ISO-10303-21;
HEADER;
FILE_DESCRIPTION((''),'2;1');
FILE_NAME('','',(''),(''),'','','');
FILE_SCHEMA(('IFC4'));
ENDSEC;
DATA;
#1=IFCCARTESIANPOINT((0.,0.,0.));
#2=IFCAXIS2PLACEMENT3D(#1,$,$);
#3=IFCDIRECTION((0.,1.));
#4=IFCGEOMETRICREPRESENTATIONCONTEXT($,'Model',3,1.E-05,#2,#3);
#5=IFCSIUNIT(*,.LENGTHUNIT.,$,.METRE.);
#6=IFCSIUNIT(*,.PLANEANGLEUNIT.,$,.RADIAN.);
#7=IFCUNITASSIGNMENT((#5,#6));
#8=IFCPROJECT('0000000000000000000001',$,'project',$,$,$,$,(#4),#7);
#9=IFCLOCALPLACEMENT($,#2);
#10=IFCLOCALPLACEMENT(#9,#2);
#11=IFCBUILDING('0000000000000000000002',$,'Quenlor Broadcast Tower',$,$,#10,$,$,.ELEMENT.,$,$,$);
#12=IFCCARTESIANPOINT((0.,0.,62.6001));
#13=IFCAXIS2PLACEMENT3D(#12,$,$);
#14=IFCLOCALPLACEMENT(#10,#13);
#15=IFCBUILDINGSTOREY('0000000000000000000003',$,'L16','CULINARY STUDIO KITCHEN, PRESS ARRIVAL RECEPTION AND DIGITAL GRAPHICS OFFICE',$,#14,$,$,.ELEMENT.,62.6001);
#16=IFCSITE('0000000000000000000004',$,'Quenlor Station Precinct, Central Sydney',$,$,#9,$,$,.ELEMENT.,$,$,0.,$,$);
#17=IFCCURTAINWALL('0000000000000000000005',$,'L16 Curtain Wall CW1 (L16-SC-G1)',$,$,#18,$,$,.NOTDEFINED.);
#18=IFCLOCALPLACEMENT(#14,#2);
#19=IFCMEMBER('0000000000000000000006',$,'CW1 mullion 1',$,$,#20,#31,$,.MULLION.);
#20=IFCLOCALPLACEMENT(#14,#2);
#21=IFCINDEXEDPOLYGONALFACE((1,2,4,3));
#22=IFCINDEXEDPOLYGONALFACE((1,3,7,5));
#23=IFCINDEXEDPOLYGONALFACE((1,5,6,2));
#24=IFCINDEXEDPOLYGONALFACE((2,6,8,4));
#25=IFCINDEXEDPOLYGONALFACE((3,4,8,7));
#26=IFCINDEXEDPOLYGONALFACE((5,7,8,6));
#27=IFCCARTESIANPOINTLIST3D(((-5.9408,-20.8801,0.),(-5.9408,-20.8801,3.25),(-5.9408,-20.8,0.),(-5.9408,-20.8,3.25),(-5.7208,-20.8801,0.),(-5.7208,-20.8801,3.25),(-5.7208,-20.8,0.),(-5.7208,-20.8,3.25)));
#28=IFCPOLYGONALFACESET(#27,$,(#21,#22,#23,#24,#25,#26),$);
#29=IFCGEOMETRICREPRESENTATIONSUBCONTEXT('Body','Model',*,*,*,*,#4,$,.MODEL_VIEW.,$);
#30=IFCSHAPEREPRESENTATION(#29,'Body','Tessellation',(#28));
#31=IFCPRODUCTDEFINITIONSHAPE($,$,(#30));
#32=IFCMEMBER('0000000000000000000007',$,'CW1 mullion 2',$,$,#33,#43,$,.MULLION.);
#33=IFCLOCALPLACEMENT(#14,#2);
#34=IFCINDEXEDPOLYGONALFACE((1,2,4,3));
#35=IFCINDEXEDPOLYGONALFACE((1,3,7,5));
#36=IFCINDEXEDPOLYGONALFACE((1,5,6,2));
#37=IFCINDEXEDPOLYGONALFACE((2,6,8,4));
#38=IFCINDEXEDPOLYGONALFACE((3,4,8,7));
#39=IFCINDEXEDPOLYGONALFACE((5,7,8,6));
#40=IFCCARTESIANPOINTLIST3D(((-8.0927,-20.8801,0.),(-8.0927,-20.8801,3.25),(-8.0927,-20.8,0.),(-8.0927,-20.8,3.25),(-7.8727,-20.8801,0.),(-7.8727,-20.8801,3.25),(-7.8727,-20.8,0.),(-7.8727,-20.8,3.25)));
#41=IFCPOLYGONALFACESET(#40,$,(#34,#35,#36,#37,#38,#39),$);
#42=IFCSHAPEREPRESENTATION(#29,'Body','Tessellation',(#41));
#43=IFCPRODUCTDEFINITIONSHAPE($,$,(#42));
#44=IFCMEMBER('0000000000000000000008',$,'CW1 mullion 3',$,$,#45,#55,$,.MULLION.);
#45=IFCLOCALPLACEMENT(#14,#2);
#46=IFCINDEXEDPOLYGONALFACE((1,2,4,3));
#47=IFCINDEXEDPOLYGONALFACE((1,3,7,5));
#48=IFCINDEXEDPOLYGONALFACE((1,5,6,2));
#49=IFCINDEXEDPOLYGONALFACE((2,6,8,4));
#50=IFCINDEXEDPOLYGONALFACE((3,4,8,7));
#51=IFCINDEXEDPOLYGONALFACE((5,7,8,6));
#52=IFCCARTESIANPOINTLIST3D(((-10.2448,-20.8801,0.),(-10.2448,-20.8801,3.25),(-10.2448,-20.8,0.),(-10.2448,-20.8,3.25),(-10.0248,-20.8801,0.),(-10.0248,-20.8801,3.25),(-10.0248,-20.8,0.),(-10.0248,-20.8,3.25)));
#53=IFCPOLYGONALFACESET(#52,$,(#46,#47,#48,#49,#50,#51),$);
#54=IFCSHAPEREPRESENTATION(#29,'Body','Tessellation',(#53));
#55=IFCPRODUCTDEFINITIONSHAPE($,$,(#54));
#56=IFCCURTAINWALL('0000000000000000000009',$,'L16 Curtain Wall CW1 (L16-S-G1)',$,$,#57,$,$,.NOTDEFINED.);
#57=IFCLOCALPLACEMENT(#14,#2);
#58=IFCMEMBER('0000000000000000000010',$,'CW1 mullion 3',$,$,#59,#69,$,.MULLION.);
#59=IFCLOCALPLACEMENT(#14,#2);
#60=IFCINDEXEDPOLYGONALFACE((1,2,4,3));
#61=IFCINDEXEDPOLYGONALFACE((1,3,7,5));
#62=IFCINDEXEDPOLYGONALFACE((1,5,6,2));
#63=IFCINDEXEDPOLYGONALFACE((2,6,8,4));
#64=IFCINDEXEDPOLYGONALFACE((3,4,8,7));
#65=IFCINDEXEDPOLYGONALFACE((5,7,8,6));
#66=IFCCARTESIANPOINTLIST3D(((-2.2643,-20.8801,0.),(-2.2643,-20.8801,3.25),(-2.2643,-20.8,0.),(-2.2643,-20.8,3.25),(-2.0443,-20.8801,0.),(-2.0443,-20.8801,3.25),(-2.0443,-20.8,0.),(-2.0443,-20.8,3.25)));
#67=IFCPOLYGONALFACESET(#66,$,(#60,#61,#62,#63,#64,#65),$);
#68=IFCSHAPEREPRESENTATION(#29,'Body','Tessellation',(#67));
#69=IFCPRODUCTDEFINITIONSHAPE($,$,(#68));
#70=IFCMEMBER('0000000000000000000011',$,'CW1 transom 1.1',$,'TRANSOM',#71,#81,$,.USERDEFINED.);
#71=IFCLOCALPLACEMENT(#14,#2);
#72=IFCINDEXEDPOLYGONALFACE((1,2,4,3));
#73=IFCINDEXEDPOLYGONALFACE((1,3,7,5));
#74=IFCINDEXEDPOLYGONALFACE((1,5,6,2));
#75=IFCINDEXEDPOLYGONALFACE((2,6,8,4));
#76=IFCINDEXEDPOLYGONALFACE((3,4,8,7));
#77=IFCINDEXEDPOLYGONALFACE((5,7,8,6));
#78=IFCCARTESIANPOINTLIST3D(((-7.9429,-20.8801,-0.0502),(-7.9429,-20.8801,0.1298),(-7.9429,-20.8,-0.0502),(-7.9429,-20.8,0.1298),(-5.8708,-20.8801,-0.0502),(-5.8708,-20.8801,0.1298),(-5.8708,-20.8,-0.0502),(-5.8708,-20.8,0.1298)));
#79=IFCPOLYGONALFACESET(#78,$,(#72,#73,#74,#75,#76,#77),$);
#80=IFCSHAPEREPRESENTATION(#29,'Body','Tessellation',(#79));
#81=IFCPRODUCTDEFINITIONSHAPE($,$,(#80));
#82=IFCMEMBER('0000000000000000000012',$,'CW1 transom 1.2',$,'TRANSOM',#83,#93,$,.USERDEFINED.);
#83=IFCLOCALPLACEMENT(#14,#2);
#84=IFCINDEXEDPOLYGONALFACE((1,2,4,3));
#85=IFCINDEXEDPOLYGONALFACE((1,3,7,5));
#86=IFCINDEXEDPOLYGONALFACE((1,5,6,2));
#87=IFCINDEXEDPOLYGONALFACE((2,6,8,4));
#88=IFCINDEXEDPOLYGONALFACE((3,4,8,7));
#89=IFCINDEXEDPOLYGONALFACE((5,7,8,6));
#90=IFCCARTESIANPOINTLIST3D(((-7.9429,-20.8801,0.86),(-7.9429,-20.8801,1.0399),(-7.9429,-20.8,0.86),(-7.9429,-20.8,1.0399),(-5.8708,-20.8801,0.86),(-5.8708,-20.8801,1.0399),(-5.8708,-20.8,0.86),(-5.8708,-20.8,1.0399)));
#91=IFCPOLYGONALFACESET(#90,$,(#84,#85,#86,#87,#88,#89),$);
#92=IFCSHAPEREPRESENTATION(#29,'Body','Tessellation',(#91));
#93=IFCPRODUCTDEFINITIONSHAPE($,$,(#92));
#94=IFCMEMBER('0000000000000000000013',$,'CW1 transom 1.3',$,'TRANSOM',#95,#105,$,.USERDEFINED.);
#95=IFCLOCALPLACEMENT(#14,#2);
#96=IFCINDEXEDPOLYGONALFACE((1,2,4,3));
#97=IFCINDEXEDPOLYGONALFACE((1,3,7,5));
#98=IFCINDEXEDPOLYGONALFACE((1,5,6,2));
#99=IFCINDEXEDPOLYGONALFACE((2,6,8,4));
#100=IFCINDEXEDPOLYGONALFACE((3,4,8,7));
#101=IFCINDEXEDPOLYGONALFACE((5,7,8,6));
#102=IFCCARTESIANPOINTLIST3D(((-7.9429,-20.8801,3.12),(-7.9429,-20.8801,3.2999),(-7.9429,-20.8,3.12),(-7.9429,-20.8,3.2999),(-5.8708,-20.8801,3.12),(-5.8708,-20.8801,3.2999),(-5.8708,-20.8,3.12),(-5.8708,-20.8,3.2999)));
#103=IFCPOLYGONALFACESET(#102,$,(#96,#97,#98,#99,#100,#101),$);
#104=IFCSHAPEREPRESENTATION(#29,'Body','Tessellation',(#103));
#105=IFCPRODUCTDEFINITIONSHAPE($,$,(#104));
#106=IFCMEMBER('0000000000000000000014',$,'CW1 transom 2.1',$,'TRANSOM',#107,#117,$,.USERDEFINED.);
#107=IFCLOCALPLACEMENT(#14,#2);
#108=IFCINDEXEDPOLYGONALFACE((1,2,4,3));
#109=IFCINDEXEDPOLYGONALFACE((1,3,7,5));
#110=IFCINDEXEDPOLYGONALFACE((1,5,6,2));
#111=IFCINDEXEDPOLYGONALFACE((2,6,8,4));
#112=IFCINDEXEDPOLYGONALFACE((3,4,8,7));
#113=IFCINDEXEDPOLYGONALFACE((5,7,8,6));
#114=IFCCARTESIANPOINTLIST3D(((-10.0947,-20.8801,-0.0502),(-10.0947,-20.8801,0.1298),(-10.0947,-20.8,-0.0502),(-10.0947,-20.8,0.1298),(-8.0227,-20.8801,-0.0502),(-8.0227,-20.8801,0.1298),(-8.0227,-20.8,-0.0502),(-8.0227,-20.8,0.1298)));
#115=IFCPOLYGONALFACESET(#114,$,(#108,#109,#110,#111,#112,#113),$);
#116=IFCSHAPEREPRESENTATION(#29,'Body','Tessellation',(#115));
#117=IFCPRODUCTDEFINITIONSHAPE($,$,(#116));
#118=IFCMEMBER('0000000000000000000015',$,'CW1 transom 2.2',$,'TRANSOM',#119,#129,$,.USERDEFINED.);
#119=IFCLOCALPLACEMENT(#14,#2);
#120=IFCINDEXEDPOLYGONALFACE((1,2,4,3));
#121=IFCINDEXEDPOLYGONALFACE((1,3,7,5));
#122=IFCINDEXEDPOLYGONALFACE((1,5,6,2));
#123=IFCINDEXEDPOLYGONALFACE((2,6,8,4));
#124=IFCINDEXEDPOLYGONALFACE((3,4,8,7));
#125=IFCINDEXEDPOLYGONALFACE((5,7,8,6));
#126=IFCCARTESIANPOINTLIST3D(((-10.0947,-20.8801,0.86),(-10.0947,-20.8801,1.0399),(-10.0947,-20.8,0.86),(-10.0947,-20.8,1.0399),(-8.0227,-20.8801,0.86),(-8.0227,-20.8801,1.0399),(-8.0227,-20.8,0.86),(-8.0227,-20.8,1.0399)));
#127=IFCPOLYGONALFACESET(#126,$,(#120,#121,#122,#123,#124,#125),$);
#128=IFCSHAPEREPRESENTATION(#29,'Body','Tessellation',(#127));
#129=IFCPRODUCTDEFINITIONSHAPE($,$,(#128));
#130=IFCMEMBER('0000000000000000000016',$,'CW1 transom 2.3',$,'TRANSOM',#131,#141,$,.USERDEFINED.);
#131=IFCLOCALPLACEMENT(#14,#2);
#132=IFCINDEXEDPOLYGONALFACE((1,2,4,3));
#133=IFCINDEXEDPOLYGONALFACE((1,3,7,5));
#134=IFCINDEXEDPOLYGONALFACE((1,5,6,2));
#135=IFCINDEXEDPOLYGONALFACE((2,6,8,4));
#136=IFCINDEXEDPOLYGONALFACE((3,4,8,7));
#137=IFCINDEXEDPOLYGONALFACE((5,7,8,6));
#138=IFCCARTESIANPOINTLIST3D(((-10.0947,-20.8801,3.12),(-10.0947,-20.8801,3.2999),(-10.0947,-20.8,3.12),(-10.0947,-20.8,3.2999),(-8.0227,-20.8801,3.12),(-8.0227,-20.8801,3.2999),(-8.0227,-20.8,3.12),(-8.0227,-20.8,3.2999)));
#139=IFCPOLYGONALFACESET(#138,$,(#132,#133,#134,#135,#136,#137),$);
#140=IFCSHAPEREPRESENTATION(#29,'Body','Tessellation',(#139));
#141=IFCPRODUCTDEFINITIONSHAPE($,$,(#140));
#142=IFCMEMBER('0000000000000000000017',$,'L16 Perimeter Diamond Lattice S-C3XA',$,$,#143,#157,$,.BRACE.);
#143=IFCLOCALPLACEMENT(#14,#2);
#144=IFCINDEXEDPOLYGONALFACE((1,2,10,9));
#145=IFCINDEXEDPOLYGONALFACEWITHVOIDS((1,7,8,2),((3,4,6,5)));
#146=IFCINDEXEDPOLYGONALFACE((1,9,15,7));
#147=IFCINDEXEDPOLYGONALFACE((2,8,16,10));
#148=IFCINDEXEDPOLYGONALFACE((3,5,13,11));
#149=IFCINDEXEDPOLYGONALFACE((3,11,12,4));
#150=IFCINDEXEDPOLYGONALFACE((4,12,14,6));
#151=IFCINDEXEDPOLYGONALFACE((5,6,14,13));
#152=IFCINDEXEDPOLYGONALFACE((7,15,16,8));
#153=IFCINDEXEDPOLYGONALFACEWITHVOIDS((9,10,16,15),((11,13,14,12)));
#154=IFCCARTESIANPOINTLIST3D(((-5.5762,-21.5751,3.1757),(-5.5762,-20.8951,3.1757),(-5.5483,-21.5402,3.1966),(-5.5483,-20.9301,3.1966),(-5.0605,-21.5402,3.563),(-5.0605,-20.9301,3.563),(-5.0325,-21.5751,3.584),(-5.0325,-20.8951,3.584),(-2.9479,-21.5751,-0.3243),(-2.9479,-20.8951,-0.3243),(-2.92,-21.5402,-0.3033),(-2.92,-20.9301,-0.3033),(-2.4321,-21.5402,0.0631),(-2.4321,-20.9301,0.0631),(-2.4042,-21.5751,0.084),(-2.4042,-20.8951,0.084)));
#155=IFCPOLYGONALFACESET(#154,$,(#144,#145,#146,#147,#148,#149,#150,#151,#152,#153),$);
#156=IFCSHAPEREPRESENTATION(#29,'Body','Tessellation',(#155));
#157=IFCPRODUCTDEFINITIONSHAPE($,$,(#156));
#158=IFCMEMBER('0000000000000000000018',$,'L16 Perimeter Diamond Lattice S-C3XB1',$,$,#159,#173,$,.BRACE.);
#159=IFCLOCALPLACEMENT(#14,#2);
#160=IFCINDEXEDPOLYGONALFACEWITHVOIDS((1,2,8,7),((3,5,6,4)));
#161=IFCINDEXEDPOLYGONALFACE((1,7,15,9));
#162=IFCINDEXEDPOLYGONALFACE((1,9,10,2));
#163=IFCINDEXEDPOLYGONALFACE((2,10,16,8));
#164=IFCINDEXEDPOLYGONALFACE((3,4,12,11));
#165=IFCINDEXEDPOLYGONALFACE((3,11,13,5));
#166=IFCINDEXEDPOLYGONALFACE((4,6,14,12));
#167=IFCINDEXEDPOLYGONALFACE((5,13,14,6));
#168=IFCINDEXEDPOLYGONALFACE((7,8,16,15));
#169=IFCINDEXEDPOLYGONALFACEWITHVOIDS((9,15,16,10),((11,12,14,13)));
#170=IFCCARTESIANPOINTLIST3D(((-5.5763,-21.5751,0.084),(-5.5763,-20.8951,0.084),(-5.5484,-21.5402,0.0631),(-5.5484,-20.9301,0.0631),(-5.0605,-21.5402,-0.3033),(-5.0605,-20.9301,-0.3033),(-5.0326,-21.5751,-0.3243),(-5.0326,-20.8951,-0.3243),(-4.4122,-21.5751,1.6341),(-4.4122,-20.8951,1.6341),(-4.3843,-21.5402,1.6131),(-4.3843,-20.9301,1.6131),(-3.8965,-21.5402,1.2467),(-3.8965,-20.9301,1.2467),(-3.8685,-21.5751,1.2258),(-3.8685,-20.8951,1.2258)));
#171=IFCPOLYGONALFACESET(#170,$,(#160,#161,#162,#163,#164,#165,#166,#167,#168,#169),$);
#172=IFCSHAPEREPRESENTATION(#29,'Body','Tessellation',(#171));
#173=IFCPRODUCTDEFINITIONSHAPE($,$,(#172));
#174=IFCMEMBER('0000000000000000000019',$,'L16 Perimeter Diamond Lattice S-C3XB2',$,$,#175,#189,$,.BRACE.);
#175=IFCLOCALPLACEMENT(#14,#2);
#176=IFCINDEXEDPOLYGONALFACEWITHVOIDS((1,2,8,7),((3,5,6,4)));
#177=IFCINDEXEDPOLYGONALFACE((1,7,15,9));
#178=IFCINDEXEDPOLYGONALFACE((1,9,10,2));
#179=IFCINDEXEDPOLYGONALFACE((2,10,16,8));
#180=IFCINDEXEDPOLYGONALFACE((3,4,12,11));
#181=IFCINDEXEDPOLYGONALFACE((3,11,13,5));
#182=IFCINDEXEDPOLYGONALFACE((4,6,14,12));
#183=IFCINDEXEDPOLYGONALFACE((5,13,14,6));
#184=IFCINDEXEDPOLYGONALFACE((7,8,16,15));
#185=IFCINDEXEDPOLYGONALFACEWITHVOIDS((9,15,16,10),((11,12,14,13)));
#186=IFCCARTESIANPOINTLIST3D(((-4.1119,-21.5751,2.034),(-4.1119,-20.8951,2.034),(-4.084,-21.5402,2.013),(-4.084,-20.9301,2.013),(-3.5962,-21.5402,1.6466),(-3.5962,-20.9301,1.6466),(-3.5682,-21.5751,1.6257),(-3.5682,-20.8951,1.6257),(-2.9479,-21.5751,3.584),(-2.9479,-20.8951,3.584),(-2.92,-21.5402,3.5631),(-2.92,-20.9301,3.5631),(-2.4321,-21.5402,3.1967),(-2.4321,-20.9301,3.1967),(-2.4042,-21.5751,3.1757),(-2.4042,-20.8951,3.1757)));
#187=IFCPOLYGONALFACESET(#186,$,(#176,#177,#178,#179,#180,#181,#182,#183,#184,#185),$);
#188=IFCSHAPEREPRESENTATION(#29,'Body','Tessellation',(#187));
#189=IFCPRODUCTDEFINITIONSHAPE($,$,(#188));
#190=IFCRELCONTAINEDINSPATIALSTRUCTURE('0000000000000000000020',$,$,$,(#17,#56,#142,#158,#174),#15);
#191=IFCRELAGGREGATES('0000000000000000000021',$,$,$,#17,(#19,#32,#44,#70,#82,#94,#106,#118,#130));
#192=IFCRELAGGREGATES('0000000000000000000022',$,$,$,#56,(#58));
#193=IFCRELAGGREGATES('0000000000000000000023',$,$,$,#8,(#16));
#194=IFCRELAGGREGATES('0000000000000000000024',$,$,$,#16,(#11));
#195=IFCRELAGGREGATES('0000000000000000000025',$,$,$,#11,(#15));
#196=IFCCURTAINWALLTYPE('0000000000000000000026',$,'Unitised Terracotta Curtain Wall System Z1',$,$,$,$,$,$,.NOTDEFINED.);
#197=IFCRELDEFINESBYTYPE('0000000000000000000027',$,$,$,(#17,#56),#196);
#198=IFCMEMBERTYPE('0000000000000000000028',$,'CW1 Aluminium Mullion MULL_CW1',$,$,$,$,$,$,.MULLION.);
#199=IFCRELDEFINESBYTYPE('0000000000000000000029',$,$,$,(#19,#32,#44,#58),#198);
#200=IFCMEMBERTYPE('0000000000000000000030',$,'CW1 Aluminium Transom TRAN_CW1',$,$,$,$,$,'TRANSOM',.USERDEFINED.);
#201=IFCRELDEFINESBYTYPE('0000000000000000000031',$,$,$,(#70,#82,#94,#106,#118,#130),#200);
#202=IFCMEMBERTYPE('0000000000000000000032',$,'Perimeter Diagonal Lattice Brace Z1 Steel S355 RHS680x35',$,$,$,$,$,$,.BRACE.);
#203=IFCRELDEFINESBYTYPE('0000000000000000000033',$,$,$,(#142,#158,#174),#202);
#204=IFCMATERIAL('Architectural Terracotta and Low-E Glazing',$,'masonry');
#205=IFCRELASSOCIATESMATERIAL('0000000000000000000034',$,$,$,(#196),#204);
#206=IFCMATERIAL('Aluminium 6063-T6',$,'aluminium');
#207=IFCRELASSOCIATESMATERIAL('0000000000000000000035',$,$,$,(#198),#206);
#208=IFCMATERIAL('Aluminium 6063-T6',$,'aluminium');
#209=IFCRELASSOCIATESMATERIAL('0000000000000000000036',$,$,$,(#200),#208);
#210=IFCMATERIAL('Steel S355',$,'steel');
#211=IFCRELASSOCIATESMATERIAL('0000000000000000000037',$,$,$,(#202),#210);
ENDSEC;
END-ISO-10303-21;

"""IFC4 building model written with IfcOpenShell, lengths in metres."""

from ifc_helpers import new_model, si_unit, direction, frame, origin, origin_2d, place, context, subcontext, project, spatial, rectangle, hollow_rectangle, extrude, material, material_profile, profile_set, type_object, element, aggregate, save


model = new_model("IFC4")

# Units and contexts
model_context = context("Model", 3, precision=1e-05, world=origin(), true_north=direction((0.0, 1.0)))
body_context = subcontext(model_context, "Body", "Model", "MODEL_VIEW")
ifc_project = project(units=[si_unit("LENGTHUNIT", "METRE"), si_unit("PLANEANGLEUNIT", "RADIAN")], contexts=[model_context])

# Site, building, storey
site_placement = place(None, origin())
site = spatial("IfcSite", under=ifc_project, at=site_placement, Name="Quenlor Station Precinct, Central Sydney", CompositionType="ELEMENT", RefElevation=0.0)
building_placement = place(site_placement, origin())
building = spatial("IfcBuilding", under=site, at=building_placement, Name="Quenlor Broadcast Tower", CompositionType="ELEMENT")
storey_placement = place(building_placement, frame((0.0, 0.0, 62.6001)))
storey = spatial("IfcBuildingStorey", under=building, at=storey_placement, Name="L16", Description="CULINARY STUDIO KITCHEN, PRESS ARRIVAL RECEPTION AND DIGITAL GRAPHICS OFFICE", CompositionType="ELEMENT", Elevation=62.6001)

# Curtain wall, members
ifc_material_1 = material(Name="Architectural Terracotta and Low-E Glazing", Category="masonry")
curtain_wall_type = type_object("IfcCurtainWallType", Name="Unitised Terracotta Curtain Wall System Z1", PredefinedType="NOTDEFINED", material=ifc_material_1)
curtain_wall_1_placement = place(storey_placement, origin())
curtain_wall_1 = element("IfcCurtainWall", 1, at=curtain_wall_1_placement, inside=storey, type_object=curtain_wall_type, Name="L16 Curtain Wall CW1 (L16-SC-G1)", PredefinedType="NOTDEFINED")
ifc_material_2 = material(Name="Aluminium 6063-T6", Category="aluminium")
ifc_material_profile_1 = material_profile(ifc_material_2, rectangle(XDim=0.0801, YDim=0.22, at=origin_2d()))
ifc_profile_set_1 = profile_set([ifc_material_profile_1], Name="Aluminium 6063-T6 MULL80x220")
member_type_1 = type_object("IfcMemberType", Name="CW1 Aluminium Mullion MULL_CW1", PredefinedType="MULLION", material=ifc_profile_set_1)
member_1_placement = place(storey_placement, frame((-5.8308, -20.8401, 0.0), z_axis=(0.0, 0.0, 1.0), x_axis=(0.0, -1.0, 0.0)))
member_1 = element("IfcMember", 2, at=member_1_placement, type_object=member_type_1, Name="CW1 mullion 1", PredefinedType="MULLION", context=body_context, shape_type="SweptSolid", body=[
    extrude(rectangle(XDim=0.0801, YDim=0.22, at=origin_2d()), origin(), (0.0, 0.0, 1.0), 3.25),
])
member_2_placement = place(storey_placement, frame((-7.9827, -20.8401, 0.0), z_axis=(0.0, 0.0, 1.0), x_axis=(0.0, -1.0, 0.0)))
member_2 = element("IfcMember", 3, at=member_2_placement, type_object=member_type_1, Name="CW1 mullion 2", PredefinedType="MULLION", context=body_context, shape_type="SweptSolid", body=[
    extrude(rectangle(XDim=0.0801, YDim=0.22, at=origin_2d()), origin(), (0.0, 0.0, 1.0), 3.25),
])
member_3_placement = place(storey_placement, frame((-10.1348, -20.8401, 0.0), z_axis=(0.0, 0.0, 1.0), x_axis=(0.0, -1.0, 0.0)))
member_3 = element("IfcMember", 4, at=member_3_placement, type_object=member_type_1, Name="CW1 mullion 3", PredefinedType="MULLION", context=body_context, shape_type="SweptSolid", body=[
    extrude(rectangle(XDim=0.0801, YDim=0.22, at=origin_2d()), origin(), (0.0, 0.0, 1.0), 3.25),
])

# Curtain wall, member
curtain_wall_2_placement = place(storey_placement, origin())
curtain_wall_2 = element("IfcCurtainWall", 5, at=curtain_wall_2_placement, inside=storey, type_object=curtain_wall_type, Name="L16 Curtain Wall CW1 (L16-S-G1)", PredefinedType="NOTDEFINED")
member_4_placement = place(storey_placement, frame((-2.1543, -20.8401, 0.0), z_axis=(0.0, 0.0, 1.0), x_axis=(0.0, -1.0, 0.0)))
member_4 = element("IfcMember", 6, at=member_4_placement, type_object=member_type_1, Name="CW1 mullion 3", PredefinedType="MULLION", context=body_context, shape_type="SweptSolid", body=[
    extrude(rectangle(XDim=0.0801, YDim=0.22, at=origin_2d()), origin(), (0.0, 0.0, 1.0), 3.25),
])

# Members
ifc_material_3 = material(Name="Aluminium 6063-T6", Category="aluminium")
ifc_material_profile_2 = material_profile(ifc_material_3, rectangle(XDim=0.0801, YDim=0.1799, at=origin_2d()))
ifc_profile_set_2 = profile_set([ifc_material_profile_2], Name="Aluminium 6063-T6 TRAN80x180")
member_type_2 = type_object("IfcMemberType", Name="CW1 Aluminium Transom TRAN_CW1", ElementType="TRANSOM", PredefinedType="USERDEFINED", material=ifc_profile_set_2)
member_5_placement = place(storey_placement, frame((-5.8708, -20.8401, 0.0398), z_axis=(-1.0, 0.0, 0.0), x_axis=(0.0, -1.0, 0.0)))
member_5 = element("IfcMember", 7, at=member_5_placement, type_object=member_type_2, Name="CW1 transom 1.1", ObjectType="TRANSOM", PredefinedType="USERDEFINED", context=body_context, shape_type="SweptSolid", body=[
    extrude(rectangle(XDim=0.0801, YDim=0.1799, at=origin_2d()), origin(), (0.0, 0.0, 1.0), 2.072),
])
member_6_placement = place(storey_placement, frame((-5.8708, -20.8401, 0.95), z_axis=(-1.0, 0.0, 0.0), x_axis=(0.0, -1.0, 0.0)))
member_6 = element("IfcMember", 8, at=member_6_placement, type_object=member_type_2, Name="CW1 transom 1.2", ObjectType="TRANSOM", PredefinedType="USERDEFINED", context=body_context, shape_type="SweptSolid", body=[
    extrude(rectangle(XDim=0.0801, YDim=0.1799, at=origin_2d()), origin(), (0.0, 0.0, 1.0), 2.072),
])
member_7_placement = place(storey_placement, frame((-5.8708, -20.8401, 3.21), z_axis=(-1.0, 0.0, 0.0), x_axis=(0.0, -1.0, 0.0)))
member_7 = element("IfcMember", 9, at=member_7_placement, type_object=member_type_2, Name="CW1 transom 1.3", ObjectType="TRANSOM", PredefinedType="USERDEFINED", context=body_context, shape_type="SweptSolid", body=[
    extrude(rectangle(XDim=0.0801, YDim=0.1799, at=origin_2d()), origin(), (0.0, 0.0, 1.0), 2.072),
])
member_8_placement = place(storey_placement, frame((-8.0227, -20.8401, 0.0398), z_axis=(-1.0, 0.0, 0.0), x_axis=(0.0, -1.0, 0.0)))
member_8 = element("IfcMember", 10, at=member_8_placement, type_object=member_type_2, Name="CW1 transom 2.1", ObjectType="TRANSOM", PredefinedType="USERDEFINED", context=body_context, shape_type="SweptSolid", body=[
    extrude(rectangle(XDim=0.0801, YDim=0.1799, at=origin_2d()), origin(), (0.0, 0.0, 1.0), 2.072),
])
member_9_placement = place(storey_placement, frame((-8.0227, -20.8401, 0.95), z_axis=(-1.0, 0.0, 0.0), x_axis=(0.0, -1.0, 0.0)))
member_9 = element("IfcMember", 11, at=member_9_placement, type_object=member_type_2, Name="CW1 transom 2.2", ObjectType="TRANSOM", PredefinedType="USERDEFINED", context=body_context, shape_type="SweptSolid", body=[
    extrude(rectangle(XDim=0.0801, YDim=0.1799, at=origin_2d()), origin(), (0.0, 0.0, 1.0), 2.072),
])
member_10_placement = place(storey_placement, frame((-8.0227, -20.8401, 3.21), z_axis=(-1.0, 0.0, 0.0), x_axis=(0.0, -1.0, 0.0)))
member_10 = element("IfcMember", 12, at=member_10_placement, type_object=member_type_2, Name="CW1 transom 2.3", ObjectType="TRANSOM", PredefinedType="USERDEFINED", context=body_context, shape_type="SweptSolid", body=[
    extrude(rectangle(XDim=0.0801, YDim=0.1799, at=origin_2d()), origin(), (0.0, 0.0, 1.0), 2.072),
])

# Members
ifc_material_4 = material(Name="Steel S355", Category="steel")
ifc_material_profile_3 = material_profile(ifc_material_4, hollow_rectangle(XDim=0.6799, YDim=0.6799, WallThickness=0.0349, at=origin_2d()))
ifc_profile_set_3 = profile_set([ifc_material_profile_3], Name="Steel S355 RHS680x680x35")
member_type_3 = type_object("IfcMemberType", Name="Perimeter Diagonal Lattice Brace Z1 Steel S355 RHS680x35", PredefinedType="BRACE", material=ifc_profile_set_3)
member_11_placement = place(storey_placement, frame((-2.676, -21.2351, -0.1201), z_axis=(-0.6005, 0.0, 0.799625), x_axis=(0.0, -1.0, 0.0)))
element("IfcMember", 13, at=member_11_placement, inside=storey, type_object=member_type_3, Name="L16 Perimeter Diamond Lattice S-C3XA", PredefinedType="BRACE", context=body_context, shape_type="SweptSolid", body=[
    extrude(hollow_rectangle(XDim=0.6799, YDim=0.6799, WallThickness=0.0349, at=origin_2d()), origin(), (0.0, 0.0, 1.0), 4.377),
])
for number, where, z_axis, x_axis, name in (
    (14, (-5.3044, -21.2351, -0.1201), (0.600504, 0.0, 0.799622), (0.0, 1.0, 0.0), "L16 Perimeter Diamond Lattice S-C3XB1"),
    (15, (-3.8401, -21.2351, 1.8298), (0.600504, 0.0, 0.799622), (0.0, 1.0, 0.0), "L16 Perimeter Diamond Lattice S-C3XB2"),
):
    element("IfcMember", number, at=place(storey_placement, frame(where, z_axis=z_axis, x_axis=x_axis)), inside=storey, type_object=member_type_3, Name=name, PredefinedType="BRACE", context=body_context, shape_type="SweptSolid", body=[
        extrude(hollow_rectangle(XDim=0.6799, YDim=0.6799, WallThickness=0.0349, at=origin_2d()), origin(), (0.0, 0.0, 1.0), 1.9385),
    ])

aggregate(curtain_wall_1, [member_1, member_2, member_3, member_5, member_6, member_7, member_8, member_9, member_10])
aggregate(curtain_wall_2, [member_4])

save(model, "model.ifc")
